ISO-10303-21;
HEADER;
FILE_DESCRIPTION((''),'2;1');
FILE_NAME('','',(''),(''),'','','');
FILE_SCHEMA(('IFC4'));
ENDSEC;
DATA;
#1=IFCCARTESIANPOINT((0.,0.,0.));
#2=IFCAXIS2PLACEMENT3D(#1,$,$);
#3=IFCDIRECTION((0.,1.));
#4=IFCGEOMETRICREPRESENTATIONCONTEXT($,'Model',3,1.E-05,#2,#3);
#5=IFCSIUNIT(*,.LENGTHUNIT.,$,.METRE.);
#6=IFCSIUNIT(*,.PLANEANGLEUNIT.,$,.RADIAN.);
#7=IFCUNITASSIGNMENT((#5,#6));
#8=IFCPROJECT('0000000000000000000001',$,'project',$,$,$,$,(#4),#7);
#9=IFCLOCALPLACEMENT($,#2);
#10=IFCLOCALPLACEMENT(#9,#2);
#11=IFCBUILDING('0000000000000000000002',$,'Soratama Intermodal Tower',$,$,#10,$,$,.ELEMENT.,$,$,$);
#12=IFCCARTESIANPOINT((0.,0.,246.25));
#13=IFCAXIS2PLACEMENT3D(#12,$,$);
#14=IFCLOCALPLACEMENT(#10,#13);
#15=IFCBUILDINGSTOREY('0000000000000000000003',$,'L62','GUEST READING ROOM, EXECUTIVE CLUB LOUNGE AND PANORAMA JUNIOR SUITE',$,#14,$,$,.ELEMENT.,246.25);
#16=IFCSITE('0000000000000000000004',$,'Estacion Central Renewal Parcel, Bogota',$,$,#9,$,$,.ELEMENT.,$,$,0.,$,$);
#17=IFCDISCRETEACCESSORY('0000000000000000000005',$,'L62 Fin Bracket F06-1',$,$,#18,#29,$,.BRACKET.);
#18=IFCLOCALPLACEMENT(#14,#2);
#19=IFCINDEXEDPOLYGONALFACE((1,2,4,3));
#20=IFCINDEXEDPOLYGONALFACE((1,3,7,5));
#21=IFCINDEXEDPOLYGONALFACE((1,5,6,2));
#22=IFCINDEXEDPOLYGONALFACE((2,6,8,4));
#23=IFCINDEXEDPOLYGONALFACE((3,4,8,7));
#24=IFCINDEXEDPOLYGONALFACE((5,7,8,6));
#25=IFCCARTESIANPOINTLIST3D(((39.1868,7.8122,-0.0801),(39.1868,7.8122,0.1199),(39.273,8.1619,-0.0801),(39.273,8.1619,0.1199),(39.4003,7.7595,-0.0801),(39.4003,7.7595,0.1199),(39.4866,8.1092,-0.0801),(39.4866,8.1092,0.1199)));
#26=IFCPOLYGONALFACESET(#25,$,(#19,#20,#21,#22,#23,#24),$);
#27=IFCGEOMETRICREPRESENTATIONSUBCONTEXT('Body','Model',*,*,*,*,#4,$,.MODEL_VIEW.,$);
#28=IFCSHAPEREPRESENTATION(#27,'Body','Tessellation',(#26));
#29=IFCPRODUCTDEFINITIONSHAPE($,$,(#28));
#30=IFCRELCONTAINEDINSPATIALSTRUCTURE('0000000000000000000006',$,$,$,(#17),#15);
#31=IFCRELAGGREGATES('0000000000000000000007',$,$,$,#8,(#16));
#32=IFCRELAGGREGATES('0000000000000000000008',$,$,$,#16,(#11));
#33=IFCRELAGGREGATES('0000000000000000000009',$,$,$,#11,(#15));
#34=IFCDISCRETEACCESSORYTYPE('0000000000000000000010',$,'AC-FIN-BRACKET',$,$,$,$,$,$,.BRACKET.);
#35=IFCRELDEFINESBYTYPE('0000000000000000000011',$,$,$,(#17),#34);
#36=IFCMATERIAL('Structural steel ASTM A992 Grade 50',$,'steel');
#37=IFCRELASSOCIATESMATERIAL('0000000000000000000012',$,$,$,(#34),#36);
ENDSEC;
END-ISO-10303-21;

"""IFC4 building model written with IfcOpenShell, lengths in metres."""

from ifc_helpers import new_model, si_unit, direction, frame, origin, origin_2d, place, context, subcontext, project, spatial, rectangle, extrude, material, type_object, element, save


model = new_model("IFC4")

# Units and contexts
model_context = context("Model", 3, precision=1e-05, world=origin(), true_north=direction((0.0, 1.0)))
body_context = subcontext(model_context, "Body", "Model", "MODEL_VIEW")
ifc_project = project(units=[si_unit("LENGTHUNIT", "METRE"), si_unit("PLANEANGLEUNIT", "RADIAN")], contexts=[model_context])

# Site, building, storey
site_placement = place(None, origin())
site = spatial("IfcSite", under=ifc_project, at=site_placement, Name="Estacion Central Renewal Parcel, Bogota", CompositionType="ELEMENT", RefElevation=0.0)
building_placement = place(site_placement, origin())
building = spatial("IfcBuilding", under=site, at=building_placement, Name="Soratama Intermodal Tower", CompositionType="ELEMENT")
storey_placement = place(building_placement, frame((0.0, 0.0, 246.25)))
storey = spatial("IfcBuildingStorey", under=building, at=storey_placement, Name="L62", Description="GUEST READING ROOM, EXECUTIVE CLUB LOUNGE AND PANORAMA JUNIOR SUITE", CompositionType="ELEMENT", Elevation=246.25)

# Discrete accessory
ifc_material_1 = material(Name="Structural steel ASTM A992 Grade 50", Category="steel")
discrete_accessory_type = type_object("IfcDiscreteAccessoryType", Name="AC-FIN-BRACKET", PredefinedType="BRACKET", material=ifc_material_1)
discrete_accessory_placement = place(storey_placement, frame((39.3367, 7.9607, -0.0801), z_axis=(0.0, 0.0, 1.0), x_axis=(-0.23955, -0.970884, 0.0)))
element("IfcDiscreteAccessory", 1, at=discrete_accessory_placement, inside=storey, type_object=discrete_accessory_type, Name="L62 Fin Bracket F06-1", PredefinedType="BRACKET", context=body_context, shape_type="SweptSolid", body=[
    extrude(rectangle(XDim=0.3601, YDim=0.22, at=origin_2d()), origin(), (0.0, 0.0, 1.0), 0.2),
])

save(model, "model.ifc")
